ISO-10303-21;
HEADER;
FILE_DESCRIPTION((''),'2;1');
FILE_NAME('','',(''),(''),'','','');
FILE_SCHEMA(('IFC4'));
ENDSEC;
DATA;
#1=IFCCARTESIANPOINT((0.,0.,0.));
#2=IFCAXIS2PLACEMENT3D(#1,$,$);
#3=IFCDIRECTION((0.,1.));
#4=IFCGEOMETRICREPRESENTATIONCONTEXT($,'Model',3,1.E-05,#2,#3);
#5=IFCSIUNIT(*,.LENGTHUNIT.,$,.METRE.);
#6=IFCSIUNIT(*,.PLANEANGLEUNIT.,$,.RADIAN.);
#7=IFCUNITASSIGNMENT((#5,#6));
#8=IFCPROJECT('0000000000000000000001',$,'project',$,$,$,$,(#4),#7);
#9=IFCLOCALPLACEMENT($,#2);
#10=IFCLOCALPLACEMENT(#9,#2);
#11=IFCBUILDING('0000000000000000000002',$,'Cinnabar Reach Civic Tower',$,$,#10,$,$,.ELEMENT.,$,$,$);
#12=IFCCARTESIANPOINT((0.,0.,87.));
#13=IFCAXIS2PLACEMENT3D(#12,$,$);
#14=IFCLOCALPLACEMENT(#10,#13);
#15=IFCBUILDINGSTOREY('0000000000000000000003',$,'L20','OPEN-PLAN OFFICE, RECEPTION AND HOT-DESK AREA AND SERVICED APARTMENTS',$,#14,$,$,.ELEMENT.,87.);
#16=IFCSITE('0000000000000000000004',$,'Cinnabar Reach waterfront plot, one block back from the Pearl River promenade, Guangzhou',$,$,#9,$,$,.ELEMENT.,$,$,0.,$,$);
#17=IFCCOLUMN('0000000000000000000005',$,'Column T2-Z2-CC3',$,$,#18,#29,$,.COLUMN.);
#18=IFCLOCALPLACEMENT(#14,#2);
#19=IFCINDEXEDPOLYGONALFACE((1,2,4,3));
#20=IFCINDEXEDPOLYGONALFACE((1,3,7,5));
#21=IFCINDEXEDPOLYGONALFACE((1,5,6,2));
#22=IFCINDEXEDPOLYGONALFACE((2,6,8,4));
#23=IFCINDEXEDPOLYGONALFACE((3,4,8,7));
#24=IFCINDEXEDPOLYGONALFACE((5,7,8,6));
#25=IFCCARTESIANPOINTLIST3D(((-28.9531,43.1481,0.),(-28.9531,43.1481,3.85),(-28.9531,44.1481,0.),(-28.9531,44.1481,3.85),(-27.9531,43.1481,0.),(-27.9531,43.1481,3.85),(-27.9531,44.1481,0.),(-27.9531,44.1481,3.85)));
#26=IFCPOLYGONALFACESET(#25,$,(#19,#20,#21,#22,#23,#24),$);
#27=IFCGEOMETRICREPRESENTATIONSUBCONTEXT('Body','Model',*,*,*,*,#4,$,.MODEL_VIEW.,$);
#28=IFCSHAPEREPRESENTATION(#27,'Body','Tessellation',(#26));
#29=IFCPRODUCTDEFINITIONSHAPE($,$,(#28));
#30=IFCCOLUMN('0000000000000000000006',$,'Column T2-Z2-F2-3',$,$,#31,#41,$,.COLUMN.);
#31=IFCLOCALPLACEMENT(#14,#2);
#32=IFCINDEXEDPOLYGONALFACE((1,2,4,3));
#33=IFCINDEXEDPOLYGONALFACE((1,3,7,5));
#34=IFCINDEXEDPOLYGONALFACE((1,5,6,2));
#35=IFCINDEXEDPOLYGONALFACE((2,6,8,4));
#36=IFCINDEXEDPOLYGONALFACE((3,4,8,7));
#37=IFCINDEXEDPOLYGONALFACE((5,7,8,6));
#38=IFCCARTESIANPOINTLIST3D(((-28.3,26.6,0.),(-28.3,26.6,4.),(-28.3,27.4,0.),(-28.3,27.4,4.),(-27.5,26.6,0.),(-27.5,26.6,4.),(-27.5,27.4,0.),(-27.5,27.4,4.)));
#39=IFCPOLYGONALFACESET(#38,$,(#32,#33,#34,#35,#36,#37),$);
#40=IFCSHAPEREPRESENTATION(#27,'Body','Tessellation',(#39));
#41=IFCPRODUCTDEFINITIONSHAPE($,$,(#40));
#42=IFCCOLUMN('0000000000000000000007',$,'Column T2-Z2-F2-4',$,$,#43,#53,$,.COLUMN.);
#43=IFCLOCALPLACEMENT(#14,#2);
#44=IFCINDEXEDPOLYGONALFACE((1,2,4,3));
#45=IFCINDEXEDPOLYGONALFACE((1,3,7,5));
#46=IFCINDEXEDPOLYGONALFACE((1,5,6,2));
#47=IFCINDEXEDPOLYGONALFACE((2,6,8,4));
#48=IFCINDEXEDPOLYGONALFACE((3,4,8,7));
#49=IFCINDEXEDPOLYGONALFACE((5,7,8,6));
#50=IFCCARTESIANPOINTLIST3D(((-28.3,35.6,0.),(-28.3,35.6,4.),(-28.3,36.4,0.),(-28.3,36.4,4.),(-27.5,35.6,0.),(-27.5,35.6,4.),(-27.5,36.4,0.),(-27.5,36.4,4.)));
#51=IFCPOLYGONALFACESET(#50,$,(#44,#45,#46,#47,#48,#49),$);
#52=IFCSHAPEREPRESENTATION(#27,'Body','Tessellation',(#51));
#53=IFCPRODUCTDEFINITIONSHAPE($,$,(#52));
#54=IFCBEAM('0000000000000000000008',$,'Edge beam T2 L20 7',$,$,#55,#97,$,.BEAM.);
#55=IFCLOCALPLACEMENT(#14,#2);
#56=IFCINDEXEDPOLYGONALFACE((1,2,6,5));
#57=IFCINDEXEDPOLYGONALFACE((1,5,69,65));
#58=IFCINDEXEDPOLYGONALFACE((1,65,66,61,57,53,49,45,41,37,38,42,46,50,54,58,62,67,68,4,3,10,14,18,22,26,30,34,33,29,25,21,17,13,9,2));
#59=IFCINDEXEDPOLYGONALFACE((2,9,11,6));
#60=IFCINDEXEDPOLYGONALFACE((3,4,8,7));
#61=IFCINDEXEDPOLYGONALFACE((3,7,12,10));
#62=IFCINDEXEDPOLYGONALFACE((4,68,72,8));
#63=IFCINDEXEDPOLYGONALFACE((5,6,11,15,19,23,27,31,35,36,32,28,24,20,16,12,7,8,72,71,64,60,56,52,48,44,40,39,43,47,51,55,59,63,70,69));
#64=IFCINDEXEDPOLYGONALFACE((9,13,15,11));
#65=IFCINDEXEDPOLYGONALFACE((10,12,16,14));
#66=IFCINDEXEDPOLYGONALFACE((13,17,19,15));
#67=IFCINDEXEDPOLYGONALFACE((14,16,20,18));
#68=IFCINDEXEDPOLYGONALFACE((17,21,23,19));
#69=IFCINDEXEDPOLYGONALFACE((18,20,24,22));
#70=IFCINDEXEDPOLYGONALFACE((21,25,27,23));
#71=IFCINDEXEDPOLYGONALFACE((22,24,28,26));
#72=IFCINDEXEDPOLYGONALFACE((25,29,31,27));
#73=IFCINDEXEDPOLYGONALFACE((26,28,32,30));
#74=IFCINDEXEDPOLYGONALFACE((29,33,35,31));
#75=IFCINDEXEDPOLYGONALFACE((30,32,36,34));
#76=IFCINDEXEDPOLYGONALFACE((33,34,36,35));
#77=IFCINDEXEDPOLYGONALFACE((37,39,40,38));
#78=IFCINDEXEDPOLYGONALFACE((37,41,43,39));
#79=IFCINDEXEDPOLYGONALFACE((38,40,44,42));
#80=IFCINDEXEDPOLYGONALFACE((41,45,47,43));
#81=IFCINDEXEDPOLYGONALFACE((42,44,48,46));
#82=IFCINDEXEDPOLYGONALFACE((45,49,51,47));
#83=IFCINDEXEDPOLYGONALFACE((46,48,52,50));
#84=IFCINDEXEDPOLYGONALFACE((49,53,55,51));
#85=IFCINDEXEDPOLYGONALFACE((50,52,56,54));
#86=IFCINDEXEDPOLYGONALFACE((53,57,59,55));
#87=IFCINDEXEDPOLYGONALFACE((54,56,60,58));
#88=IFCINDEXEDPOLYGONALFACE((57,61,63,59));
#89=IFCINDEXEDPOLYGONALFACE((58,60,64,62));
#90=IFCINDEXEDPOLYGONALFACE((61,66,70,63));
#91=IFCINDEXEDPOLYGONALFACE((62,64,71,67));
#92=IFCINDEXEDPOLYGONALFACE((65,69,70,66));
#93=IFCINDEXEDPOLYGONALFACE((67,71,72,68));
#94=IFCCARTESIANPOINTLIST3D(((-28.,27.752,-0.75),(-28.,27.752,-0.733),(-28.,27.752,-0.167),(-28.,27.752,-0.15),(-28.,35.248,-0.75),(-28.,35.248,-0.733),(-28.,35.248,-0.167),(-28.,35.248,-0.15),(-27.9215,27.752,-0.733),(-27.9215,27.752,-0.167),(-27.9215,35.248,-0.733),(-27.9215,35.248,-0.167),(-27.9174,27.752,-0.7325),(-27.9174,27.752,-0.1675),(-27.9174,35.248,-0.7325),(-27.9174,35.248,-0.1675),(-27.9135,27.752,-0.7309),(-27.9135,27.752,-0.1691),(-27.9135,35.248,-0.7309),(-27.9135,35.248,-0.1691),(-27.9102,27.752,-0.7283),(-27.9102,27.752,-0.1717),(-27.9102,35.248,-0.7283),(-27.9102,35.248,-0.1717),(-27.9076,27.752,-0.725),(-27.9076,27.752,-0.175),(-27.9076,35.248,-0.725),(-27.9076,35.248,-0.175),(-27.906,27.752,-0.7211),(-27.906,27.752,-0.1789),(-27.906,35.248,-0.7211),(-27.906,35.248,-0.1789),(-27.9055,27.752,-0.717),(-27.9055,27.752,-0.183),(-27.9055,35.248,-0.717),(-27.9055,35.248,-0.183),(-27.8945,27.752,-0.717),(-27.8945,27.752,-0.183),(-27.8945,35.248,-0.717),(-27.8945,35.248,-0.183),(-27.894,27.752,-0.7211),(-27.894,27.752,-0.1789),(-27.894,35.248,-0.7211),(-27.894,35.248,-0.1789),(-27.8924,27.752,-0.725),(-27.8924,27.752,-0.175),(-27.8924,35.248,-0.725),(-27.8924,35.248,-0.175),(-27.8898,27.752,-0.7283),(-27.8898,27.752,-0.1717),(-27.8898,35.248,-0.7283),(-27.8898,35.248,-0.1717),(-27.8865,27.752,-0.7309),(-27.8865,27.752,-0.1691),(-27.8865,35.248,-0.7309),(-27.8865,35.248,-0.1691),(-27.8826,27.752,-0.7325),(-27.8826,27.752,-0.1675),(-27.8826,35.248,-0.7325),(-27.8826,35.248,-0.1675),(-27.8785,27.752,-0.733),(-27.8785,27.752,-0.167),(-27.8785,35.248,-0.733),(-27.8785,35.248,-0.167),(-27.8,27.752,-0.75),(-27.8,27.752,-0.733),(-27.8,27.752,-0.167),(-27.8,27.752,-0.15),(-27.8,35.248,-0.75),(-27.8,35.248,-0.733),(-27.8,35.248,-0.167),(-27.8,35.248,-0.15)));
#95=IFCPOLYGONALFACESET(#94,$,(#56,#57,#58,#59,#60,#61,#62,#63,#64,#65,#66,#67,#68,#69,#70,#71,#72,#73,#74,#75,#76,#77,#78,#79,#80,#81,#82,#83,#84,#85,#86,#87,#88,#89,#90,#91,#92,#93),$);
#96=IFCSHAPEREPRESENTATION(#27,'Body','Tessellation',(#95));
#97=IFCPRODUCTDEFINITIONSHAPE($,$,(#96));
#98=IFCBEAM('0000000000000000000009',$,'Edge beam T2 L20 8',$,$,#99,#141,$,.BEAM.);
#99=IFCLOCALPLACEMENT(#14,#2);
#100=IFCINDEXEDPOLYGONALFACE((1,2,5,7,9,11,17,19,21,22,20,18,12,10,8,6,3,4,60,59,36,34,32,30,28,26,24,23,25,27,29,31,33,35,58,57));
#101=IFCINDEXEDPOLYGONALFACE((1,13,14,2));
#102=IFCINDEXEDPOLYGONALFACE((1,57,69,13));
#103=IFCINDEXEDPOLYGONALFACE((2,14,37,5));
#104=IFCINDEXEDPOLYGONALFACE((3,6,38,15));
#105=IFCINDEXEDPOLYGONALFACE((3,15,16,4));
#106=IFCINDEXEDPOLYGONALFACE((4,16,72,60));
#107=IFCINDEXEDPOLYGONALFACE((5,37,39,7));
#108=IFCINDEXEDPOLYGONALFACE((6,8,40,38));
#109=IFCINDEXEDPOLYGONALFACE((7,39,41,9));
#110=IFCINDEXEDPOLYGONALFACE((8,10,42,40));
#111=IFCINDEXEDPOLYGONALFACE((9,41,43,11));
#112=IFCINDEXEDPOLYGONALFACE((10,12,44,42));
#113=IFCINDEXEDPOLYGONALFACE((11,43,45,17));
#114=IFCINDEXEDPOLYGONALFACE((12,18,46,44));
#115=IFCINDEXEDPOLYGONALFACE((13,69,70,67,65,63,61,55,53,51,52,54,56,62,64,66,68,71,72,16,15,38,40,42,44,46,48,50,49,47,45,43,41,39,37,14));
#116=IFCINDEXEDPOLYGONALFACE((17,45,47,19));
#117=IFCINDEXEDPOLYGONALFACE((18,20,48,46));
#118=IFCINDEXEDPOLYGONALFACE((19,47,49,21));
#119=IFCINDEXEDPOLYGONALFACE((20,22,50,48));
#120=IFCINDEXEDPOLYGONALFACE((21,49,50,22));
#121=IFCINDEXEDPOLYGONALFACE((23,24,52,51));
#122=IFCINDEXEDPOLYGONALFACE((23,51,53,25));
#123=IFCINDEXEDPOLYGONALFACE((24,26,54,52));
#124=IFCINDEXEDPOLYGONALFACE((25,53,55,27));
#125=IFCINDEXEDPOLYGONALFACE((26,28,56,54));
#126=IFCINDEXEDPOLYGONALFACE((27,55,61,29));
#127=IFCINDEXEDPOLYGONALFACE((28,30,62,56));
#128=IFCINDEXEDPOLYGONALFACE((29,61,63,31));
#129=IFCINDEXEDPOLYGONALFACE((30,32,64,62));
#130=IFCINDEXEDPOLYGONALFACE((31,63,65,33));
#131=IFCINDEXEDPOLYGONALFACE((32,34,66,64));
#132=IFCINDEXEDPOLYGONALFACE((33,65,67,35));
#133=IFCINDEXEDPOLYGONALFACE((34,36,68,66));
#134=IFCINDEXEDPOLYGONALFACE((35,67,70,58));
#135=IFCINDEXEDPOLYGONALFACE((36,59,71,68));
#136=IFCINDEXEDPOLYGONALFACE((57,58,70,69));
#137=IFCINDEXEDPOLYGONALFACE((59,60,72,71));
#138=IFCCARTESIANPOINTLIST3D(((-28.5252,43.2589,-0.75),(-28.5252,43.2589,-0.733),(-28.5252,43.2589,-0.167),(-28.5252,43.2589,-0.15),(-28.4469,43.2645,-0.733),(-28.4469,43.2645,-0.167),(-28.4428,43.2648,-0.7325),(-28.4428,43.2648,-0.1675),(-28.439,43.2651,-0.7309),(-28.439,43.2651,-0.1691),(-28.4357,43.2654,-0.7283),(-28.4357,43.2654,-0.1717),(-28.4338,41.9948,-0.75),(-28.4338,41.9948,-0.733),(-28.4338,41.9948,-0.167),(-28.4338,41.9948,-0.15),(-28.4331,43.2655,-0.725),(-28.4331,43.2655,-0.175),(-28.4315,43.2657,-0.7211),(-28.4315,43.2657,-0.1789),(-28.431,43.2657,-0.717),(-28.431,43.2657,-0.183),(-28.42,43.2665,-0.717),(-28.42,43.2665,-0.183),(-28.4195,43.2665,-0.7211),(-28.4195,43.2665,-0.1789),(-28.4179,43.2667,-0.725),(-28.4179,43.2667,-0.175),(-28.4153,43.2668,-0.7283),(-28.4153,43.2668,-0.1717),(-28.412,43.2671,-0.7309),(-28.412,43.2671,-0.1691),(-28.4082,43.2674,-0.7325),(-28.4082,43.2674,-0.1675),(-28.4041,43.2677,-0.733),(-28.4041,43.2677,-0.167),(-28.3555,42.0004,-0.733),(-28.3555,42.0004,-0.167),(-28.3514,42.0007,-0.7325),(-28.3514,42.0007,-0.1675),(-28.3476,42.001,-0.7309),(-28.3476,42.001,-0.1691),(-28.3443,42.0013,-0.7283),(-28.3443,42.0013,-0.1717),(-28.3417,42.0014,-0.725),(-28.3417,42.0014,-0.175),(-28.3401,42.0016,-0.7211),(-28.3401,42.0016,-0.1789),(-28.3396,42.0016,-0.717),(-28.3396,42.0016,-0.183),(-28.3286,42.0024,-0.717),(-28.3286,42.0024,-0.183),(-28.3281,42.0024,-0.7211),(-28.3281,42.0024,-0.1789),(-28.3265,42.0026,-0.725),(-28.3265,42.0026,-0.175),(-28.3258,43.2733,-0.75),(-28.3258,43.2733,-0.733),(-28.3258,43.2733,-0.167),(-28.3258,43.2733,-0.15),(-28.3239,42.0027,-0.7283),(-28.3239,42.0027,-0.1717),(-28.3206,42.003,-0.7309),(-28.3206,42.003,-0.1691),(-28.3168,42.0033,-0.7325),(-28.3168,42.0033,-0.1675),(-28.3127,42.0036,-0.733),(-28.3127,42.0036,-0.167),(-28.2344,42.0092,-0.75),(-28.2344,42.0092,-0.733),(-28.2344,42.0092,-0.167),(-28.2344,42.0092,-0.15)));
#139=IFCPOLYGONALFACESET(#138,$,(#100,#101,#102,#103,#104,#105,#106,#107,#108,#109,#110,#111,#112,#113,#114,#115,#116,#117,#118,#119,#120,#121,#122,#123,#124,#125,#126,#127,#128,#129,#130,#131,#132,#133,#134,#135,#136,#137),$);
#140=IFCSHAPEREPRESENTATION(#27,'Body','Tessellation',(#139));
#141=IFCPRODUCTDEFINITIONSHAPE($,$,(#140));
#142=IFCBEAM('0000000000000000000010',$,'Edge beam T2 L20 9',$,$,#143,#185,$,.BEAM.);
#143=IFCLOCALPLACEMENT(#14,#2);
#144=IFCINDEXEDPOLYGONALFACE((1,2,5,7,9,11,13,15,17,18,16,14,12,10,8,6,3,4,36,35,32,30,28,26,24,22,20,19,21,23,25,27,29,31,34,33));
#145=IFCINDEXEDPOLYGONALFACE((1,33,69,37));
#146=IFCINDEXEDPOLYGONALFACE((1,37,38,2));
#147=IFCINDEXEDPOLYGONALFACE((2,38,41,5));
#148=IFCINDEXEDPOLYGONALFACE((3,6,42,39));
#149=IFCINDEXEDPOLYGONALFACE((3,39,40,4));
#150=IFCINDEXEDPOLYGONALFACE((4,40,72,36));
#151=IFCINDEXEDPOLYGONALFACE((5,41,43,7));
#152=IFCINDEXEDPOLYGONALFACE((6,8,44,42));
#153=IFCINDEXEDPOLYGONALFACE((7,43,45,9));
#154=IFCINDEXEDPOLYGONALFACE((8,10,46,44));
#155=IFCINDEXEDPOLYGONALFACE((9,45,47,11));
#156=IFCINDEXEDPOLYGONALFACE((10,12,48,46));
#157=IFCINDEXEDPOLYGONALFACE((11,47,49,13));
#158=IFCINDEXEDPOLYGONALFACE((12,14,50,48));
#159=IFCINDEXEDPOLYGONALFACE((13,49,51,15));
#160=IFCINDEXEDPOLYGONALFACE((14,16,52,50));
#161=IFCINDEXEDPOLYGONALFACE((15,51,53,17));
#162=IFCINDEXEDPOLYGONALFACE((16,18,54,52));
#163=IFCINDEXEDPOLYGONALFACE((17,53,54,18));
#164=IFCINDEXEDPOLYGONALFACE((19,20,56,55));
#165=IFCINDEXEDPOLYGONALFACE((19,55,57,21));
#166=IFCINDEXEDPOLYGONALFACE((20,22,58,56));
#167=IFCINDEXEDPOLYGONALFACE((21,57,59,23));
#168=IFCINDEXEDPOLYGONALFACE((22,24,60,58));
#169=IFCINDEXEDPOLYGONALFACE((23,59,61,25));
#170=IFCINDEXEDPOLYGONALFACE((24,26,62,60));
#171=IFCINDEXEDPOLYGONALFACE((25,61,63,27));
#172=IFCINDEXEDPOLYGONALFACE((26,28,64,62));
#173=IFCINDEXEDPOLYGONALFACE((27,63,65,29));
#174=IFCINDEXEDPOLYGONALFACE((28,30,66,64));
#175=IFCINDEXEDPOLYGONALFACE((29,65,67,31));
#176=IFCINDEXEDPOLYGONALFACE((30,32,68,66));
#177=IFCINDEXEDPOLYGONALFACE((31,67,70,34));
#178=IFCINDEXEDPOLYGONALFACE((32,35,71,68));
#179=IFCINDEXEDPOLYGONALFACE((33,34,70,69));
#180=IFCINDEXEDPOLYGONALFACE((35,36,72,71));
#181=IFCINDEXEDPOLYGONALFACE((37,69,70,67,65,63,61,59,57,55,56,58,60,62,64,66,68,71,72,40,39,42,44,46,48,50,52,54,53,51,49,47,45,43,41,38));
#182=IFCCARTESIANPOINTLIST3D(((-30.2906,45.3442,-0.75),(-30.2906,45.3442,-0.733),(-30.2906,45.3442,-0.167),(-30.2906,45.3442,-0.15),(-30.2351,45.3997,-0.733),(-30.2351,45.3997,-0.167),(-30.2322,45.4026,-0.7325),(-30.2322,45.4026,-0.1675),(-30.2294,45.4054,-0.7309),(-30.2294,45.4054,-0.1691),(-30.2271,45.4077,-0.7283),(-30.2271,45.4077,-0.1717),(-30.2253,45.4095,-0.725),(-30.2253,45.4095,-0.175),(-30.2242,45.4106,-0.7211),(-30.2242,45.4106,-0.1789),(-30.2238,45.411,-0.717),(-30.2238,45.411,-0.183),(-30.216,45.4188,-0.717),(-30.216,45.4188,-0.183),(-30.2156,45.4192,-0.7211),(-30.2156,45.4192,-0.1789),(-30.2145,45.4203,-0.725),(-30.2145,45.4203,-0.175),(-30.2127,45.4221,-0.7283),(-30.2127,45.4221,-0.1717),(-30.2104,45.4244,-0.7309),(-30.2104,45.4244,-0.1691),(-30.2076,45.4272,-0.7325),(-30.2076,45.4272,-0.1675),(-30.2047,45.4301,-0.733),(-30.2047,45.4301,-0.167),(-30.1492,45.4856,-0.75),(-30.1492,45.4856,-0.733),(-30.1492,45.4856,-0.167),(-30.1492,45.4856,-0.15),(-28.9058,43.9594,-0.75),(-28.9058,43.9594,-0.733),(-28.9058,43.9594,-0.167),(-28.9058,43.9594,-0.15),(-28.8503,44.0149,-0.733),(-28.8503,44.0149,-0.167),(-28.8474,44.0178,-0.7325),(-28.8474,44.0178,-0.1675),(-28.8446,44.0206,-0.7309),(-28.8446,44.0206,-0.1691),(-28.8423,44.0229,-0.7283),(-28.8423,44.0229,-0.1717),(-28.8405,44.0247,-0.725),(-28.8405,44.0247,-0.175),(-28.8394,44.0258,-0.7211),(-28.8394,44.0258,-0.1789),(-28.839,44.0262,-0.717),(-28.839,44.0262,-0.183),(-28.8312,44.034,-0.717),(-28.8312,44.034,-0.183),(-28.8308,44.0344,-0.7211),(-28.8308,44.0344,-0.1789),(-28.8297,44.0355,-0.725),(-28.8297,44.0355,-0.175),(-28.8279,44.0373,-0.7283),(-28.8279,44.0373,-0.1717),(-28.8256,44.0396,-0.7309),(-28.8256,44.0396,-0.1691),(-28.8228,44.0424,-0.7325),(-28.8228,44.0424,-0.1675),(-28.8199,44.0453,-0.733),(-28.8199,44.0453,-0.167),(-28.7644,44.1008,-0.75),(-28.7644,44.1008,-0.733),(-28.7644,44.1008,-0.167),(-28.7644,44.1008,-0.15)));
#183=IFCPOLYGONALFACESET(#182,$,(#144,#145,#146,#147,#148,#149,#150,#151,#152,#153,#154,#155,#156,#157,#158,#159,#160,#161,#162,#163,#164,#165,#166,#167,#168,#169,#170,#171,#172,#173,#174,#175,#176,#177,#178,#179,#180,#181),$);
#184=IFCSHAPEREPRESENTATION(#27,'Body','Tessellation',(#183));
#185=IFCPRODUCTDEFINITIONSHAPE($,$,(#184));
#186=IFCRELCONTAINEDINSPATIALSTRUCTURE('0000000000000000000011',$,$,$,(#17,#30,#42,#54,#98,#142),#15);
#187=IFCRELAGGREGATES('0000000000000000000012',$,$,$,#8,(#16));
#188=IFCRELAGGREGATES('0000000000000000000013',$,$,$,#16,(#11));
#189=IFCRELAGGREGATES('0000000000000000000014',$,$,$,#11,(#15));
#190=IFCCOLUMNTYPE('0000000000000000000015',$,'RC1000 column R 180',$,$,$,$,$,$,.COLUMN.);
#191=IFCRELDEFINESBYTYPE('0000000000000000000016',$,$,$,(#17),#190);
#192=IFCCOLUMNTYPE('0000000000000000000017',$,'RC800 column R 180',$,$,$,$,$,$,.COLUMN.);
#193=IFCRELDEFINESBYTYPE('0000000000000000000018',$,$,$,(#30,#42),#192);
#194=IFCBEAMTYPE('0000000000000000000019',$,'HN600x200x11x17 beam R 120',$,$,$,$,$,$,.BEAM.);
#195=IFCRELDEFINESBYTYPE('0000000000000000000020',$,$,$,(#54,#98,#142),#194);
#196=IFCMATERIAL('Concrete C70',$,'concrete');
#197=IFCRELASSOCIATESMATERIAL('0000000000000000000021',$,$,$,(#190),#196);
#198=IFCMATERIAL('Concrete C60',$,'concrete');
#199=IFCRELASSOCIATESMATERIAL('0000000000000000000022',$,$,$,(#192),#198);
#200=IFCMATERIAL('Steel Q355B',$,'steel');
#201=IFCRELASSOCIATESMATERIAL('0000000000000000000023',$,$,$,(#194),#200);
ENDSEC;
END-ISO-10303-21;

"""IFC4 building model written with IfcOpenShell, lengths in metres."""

from ifc_helpers import new_model, si_unit, direction, frame, origin, origin_2d, place, context, subcontext, project, spatial, rectangle, i_section, extrude, material, material_profile, profile_set, type_object, element, save


model = new_model("IFC4")

# Units and contexts
model_context = context("Model", 3, precision=1e-05, world=origin(), true_north=direction((0.0, 1.0)))
body_context = subcontext(model_context, "Body", "Model", "MODEL_VIEW")
ifc_project = project(units=[si_unit("LENGTHUNIT", "METRE"), si_unit("PLANEANGLEUNIT", "RADIAN")], contexts=[model_context])

# Site, building, storey
site_placement = place(None, origin())
site = spatial("IfcSite", under=ifc_project, at=site_placement, Name="Cinnabar Reach waterfront plot, one block back from the Pearl River promenade, Guangzhou", CompositionType="ELEMENT", RefElevation=0.0)
building_placement = place(site_placement, origin())
building = spatial("IfcBuilding", under=site, at=building_placement, Name="Cinnabar Reach Civic Tower", CompositionType="ELEMENT")
storey_placement = place(building_placement, frame((0.0, 0.0, 87.0)))
storey = spatial("IfcBuildingStorey", under=building, at=storey_placement, Name="L20", Description="OPEN-PLAN OFFICE, RECEPTION AND HOT-DESK AREA AND SERVICED APARTMENTS", CompositionType="ELEMENT", Elevation=87.0)

# Columns
ifc_material_1 = material(Name="Concrete C70", Category="concrete")
ifc_material_profile_1 = material_profile(ifc_material_1, rectangle(XDim=1.0, YDim=1.0, at=origin_2d()), Name="RC1000")
ifc_profile_set_1 = profile_set([ifc_material_profile_1], Name="Concrete C70")
column_type_1 = type_object("IfcColumnType", Name="RC1000 column R 180", PredefinedType="COLUMN", material=ifc_profile_set_1)
column_placement = place(storey_placement, frame((-28.4531, 43.6481, 0.0), z_axis=(0.0, 0.0, 1.0), x_axis=(1.0, 0.0, 0.0)))
element("IfcColumn", 1, at=column_placement, inside=storey, type_object=column_type_1, Name="Column T2-Z2-CC3", PredefinedType="COLUMN", context=body_context, shape_type="SweptSolid", body=[
    extrude(rectangle(XDim=1.0, YDim=1.0, at=origin_2d()), origin(), (0.0, 0.0, 1.0), 3.85),
])
ifc_material_2 = material(Name="Concrete C60", Category="concrete")
ifc_material_profile_2 = material_profile(ifc_material_2, rectangle(XDim=0.8, YDim=0.8, at=origin_2d()), Name="RC800")
ifc_profile_set_2 = profile_set([ifc_material_profile_2], Name="Concrete C60")
column_type_2 = type_object("IfcColumnType", Name="RC800 column R 180", PredefinedType="COLUMN", material=ifc_profile_set_2)
for number, where, z_axis, x_axis, name in (
    (2, (-27.9, 27.0, 0.0), (0.0, 0.0, 1.0), (1.0, 0.0, 0.0), "Column T2-Z2-F2-3"),
    (3, (-27.9, 36.0, 0.0), (0.0, 0.0, 1.0), (1.0, 0.0, 0.0), "Column T2-Z2-F2-4"),
):
    element("IfcColumn", number, at=place(storey_placement, frame(where, z_axis=z_axis, x_axis=x_axis)), inside=storey, type_object=column_type_2, Name=name, PredefinedType="COLUMN", context=body_context, shape_type="SweptSolid", body=[
        extrude(rectangle(XDim=0.8, YDim=0.8, at=origin_2d()), origin(), (0.0, 0.0, 1.0), 4.0),
    ])

# Beams
ifc_material_3 = material(Name="Steel Q355B", Category="steel")
ifc_material_profile_3 = material_profile(ifc_material_3, i_section(OverallWidth=0.2, OverallDepth=0.6, WebThickness=0.011, FlangeThickness=0.017, FilletRadius=0.016, at=origin_2d()), Name="HN600x200x11x17")
ifc_profile_set_3 = profile_set([ifc_material_profile_3], Name="Steel Q355B")
beam_type = type_object("IfcBeamType", Name="HN600x200x11x17 beam R 120", PredefinedType="BEAM", material=ifc_profile_set_3)
beam_1_placement = place(storey_placement, frame((-27.9, 27.752, -0.45), z_axis=(0.0, 1.0, 0.0), x_axis=(-1.0, 0.0, 0.0)))
element("IfcBeam", 4, at=beam_1_placement, inside=storey, type_object=beam_type, Name="Edge beam T2 L20 7", PredefinedType="BEAM", context=body_context, shape_type="SweptSolid", body=[
    extrude(i_section(OverallWidth=0.2, OverallDepth=0.6, WebThickness=0.011, FlangeThickness=0.017, FilletRadius=0.016, at=origin_2d()), origin(), (0.0, 0.0, 1.0), 7.496),
])
beam_2_placement = place(storey_placement, frame((-28.3341, 42.002, -0.45), z_axis=(-0.072116, 0.997396, 0.0), x_axis=(-0.997396, -0.072116, 0.0)))
element("IfcBeam", 5, at=beam_2_placement, inside=storey, type_object=beam_type, Name="Edge beam T2 L20 8", PredefinedType="BEAM", context=body_context, shape_type="SweptSolid", body=[
    extrude(i_section(OverallWidth=0.2, OverallDepth=0.6, WebThickness=0.011, FlangeThickness=0.017, FilletRadius=0.016, at=origin_2d()), origin(), (0.0, 0.0, 1.0), 1.2674),
])
beam_3_placement = place(storey_placement, frame((-28.8351, 44.0301, -0.45), z_axis=(-0.707107, 0.707107, 0.0), x_axis=(-0.707107, -0.707107, 0.0)))
element("IfcBeam", 6, at=beam_3_placement, inside=storey, type_object=beam_type, Name="Edge beam T2 L20 9", PredefinedType="BEAM", context=body_context, shape_type="SweptSolid", body=[
    extrude(i_section(OverallWidth=0.2, OverallDepth=0.6, WebThickness=0.011, FlangeThickness=0.017, FilletRadius=0.016, at=origin_2d()), origin(), (0.0, 0.0, 1.0), 1.9584),
])

save(model, "model.ifc")
